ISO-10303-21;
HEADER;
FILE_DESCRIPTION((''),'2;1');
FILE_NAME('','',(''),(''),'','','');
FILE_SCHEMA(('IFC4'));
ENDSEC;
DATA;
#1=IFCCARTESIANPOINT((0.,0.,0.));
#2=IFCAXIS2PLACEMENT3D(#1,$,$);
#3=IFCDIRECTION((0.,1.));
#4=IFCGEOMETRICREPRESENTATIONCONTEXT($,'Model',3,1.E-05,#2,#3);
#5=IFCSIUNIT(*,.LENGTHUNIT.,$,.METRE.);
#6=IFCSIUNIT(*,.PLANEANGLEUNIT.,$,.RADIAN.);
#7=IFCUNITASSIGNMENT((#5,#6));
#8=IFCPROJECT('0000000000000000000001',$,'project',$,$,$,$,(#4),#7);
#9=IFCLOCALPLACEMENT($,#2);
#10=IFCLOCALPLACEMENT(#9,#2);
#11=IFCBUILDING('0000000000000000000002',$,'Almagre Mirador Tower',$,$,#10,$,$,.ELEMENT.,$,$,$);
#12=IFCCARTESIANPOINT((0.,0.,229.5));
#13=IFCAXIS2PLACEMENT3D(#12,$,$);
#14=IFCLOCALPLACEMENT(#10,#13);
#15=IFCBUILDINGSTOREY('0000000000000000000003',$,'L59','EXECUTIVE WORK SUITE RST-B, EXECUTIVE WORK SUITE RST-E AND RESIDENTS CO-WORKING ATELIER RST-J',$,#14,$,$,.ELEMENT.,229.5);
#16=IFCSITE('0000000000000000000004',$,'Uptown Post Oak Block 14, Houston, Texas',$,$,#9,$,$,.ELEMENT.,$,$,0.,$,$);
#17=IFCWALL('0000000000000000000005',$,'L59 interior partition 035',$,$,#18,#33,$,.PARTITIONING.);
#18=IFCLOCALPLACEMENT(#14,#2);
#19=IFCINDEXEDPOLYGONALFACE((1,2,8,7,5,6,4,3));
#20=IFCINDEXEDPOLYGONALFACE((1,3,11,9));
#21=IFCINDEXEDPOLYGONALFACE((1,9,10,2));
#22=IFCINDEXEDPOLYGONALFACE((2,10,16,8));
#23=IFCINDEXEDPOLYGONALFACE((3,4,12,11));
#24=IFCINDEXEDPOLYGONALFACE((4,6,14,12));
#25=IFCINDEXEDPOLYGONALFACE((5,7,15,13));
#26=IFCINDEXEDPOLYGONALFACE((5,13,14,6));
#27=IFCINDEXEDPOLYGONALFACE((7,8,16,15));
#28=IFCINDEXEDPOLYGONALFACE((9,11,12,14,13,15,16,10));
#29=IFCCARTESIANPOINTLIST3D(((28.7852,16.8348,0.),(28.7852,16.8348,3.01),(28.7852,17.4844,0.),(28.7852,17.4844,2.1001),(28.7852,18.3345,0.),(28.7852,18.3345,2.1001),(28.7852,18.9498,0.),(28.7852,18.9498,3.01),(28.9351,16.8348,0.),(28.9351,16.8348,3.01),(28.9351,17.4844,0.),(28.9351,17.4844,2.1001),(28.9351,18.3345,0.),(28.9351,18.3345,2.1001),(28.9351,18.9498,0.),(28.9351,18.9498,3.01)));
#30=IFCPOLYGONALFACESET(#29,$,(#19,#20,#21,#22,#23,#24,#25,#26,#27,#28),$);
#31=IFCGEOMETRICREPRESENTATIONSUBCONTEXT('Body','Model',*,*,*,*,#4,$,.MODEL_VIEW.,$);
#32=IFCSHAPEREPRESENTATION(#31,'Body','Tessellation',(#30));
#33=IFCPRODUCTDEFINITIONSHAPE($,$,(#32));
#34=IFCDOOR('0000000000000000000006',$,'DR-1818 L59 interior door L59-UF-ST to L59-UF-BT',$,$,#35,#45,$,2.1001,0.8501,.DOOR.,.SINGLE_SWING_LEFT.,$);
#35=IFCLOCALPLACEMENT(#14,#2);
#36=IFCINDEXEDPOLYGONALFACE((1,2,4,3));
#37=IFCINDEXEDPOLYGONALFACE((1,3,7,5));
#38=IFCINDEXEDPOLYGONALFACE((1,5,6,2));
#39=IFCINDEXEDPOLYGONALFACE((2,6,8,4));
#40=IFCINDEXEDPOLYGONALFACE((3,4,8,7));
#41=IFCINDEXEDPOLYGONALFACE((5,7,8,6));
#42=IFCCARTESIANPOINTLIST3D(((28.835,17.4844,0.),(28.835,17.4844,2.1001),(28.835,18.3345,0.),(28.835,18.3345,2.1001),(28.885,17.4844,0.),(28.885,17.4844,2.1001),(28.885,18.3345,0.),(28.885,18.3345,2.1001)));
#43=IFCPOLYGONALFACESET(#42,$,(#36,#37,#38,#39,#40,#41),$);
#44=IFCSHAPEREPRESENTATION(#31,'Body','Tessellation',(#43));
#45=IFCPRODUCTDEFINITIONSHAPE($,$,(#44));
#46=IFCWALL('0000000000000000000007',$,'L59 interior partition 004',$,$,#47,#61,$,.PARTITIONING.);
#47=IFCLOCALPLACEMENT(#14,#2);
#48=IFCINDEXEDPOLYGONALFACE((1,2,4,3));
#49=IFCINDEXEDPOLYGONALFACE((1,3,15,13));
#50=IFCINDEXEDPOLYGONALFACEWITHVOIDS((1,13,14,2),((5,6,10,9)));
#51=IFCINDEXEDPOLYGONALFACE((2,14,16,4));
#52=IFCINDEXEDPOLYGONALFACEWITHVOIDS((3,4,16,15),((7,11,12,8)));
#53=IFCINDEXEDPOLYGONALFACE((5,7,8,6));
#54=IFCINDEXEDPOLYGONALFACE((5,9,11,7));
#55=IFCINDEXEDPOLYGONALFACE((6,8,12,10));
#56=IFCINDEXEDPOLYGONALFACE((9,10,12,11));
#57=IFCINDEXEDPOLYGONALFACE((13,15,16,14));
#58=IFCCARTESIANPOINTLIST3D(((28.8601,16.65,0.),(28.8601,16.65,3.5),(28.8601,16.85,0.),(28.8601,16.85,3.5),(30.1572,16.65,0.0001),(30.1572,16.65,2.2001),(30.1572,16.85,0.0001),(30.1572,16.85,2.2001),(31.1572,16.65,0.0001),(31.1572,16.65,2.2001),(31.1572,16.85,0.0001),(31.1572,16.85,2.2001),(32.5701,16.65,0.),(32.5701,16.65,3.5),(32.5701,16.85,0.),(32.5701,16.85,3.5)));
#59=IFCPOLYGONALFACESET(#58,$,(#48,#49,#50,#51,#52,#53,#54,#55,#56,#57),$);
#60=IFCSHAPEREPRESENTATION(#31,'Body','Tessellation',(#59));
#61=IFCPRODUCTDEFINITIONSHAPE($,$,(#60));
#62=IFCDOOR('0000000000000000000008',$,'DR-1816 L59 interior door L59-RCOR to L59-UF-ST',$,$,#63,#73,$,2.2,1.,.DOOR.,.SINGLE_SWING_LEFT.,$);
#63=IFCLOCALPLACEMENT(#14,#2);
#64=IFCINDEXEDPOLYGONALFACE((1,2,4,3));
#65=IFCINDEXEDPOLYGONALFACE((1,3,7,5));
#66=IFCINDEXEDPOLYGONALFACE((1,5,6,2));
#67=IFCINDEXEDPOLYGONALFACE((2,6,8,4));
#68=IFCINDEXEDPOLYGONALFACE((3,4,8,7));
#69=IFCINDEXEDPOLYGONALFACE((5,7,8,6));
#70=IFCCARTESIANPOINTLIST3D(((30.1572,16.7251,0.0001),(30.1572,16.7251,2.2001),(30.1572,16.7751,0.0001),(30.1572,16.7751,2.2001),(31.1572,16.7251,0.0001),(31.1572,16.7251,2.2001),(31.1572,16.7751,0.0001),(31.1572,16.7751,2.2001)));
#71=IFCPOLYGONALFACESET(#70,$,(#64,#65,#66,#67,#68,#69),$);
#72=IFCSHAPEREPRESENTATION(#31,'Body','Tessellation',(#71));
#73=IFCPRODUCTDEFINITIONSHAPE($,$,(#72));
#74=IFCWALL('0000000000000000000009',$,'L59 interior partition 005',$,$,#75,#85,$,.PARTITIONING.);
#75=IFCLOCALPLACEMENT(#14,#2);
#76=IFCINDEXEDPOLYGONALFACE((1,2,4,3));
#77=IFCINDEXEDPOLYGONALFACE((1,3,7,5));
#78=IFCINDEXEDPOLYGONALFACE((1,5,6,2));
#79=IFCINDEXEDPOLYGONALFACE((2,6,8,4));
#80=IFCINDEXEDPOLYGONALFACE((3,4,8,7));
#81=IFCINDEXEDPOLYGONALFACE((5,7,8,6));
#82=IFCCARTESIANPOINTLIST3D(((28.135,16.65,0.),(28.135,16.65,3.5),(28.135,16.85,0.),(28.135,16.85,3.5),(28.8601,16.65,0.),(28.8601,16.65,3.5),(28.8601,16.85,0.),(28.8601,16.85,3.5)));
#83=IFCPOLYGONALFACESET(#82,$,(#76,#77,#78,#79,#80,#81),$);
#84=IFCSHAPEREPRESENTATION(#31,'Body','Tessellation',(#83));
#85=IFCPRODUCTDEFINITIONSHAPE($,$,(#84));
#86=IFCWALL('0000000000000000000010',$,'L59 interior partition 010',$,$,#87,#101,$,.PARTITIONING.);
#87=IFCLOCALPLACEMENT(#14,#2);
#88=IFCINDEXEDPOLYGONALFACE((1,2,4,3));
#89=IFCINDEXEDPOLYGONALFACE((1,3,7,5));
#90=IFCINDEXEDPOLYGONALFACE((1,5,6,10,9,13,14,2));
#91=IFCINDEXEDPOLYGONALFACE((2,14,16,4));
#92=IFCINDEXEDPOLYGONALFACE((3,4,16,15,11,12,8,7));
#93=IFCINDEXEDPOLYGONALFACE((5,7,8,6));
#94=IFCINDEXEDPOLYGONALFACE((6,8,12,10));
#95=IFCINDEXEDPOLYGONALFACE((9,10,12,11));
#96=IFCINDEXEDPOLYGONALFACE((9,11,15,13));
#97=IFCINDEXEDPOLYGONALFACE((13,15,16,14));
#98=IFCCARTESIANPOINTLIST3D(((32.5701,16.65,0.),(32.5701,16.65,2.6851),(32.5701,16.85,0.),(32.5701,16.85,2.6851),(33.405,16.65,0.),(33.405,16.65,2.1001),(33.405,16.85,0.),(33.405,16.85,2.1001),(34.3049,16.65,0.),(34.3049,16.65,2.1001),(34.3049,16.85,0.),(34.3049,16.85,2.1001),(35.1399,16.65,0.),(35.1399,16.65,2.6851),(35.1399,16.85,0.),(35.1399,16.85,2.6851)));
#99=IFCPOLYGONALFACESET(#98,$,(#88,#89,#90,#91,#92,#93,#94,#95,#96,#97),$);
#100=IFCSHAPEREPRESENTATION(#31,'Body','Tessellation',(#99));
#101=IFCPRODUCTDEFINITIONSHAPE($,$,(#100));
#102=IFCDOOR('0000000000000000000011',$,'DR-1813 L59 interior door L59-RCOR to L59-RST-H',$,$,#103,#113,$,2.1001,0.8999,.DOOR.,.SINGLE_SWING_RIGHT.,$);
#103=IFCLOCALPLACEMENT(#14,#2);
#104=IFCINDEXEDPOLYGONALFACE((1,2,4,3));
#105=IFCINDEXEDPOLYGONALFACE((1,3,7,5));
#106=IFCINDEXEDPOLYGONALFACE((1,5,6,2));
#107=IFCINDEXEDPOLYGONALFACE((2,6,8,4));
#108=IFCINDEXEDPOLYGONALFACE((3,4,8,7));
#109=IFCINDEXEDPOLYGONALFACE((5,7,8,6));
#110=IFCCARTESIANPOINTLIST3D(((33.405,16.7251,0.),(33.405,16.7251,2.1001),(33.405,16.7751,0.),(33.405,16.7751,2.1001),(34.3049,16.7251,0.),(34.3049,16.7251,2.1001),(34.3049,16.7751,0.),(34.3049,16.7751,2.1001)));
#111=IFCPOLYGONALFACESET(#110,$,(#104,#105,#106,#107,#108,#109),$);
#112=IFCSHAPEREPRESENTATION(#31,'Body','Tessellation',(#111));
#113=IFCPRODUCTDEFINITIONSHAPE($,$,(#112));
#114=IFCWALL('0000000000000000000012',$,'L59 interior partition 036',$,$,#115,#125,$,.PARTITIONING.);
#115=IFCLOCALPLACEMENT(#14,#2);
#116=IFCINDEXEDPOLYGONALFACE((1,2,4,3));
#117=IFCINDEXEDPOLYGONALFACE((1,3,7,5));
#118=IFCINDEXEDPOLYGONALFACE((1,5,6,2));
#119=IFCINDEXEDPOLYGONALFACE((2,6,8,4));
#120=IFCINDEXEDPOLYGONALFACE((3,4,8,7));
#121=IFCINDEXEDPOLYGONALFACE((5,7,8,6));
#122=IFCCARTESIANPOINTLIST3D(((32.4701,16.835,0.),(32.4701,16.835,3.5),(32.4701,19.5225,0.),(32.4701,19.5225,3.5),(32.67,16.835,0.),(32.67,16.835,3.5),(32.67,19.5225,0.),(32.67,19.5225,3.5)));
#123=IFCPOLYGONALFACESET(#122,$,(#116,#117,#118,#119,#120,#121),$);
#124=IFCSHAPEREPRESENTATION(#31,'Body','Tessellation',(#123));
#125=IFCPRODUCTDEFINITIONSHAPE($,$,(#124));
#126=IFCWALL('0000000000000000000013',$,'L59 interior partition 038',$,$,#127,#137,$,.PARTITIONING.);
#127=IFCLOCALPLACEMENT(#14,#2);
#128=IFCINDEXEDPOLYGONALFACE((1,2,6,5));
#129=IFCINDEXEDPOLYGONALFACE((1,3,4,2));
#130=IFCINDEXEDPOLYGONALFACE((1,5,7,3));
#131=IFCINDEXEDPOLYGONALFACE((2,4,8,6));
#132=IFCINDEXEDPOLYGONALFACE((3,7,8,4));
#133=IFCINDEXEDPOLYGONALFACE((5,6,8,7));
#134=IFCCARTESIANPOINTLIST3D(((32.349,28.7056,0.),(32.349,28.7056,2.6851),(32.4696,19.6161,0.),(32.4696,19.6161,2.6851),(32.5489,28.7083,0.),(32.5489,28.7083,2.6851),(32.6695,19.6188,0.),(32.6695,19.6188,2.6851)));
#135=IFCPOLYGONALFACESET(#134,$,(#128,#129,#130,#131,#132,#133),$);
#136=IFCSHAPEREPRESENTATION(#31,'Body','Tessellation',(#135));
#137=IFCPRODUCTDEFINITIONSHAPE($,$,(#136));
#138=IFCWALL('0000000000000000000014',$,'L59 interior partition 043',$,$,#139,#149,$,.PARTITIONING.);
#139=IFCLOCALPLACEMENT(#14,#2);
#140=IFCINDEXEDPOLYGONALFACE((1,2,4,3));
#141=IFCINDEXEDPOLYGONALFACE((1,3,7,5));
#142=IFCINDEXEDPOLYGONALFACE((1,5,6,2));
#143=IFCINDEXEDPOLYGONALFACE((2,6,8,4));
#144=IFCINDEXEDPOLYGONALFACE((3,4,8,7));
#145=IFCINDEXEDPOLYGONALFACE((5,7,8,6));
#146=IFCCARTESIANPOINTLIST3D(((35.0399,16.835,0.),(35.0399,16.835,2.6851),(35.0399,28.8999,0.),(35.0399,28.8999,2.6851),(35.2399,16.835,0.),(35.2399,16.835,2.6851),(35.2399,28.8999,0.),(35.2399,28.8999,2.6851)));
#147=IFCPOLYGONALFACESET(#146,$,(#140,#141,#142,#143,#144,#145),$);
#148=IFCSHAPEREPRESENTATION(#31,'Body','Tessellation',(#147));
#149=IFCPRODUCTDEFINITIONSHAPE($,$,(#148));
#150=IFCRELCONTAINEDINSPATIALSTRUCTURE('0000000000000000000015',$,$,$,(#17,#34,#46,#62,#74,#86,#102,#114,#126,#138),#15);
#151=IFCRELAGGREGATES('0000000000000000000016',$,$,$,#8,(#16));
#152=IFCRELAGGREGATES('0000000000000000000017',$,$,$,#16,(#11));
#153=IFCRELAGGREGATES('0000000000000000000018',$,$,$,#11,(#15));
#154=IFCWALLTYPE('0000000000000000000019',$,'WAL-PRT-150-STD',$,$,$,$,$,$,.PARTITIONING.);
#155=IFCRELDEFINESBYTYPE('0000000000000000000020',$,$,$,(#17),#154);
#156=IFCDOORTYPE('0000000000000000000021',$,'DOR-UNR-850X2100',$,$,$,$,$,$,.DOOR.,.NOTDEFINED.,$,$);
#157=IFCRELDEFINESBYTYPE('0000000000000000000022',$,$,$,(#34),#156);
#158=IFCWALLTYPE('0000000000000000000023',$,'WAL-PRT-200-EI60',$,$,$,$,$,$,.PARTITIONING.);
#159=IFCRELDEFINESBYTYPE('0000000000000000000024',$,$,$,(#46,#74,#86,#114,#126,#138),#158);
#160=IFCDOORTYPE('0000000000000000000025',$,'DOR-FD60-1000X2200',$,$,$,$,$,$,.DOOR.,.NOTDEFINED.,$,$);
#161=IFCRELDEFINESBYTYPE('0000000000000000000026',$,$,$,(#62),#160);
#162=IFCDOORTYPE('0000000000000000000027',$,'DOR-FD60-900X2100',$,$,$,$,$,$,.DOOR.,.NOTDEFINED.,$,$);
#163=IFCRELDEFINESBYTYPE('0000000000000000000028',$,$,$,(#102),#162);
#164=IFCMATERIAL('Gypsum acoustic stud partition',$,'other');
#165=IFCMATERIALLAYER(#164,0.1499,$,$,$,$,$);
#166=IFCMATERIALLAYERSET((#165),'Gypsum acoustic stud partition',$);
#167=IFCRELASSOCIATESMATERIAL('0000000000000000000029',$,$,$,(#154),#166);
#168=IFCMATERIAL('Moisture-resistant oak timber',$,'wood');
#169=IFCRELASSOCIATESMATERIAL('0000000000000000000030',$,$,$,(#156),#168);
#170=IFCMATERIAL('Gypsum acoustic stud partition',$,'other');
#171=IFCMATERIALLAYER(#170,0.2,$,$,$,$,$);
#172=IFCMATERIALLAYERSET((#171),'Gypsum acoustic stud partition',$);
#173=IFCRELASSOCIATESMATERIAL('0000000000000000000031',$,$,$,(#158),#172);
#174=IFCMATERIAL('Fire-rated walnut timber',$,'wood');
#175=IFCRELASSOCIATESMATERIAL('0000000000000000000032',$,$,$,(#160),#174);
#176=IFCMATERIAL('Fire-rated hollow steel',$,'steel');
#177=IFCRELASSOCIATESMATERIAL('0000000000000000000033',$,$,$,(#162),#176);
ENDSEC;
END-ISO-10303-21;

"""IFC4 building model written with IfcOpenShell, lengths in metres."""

from ifc_helpers import new_model, si_unit, direction, frame, frame_2d, origin, place, context, subcontext, project, spatial, rectangle, extrude, material, layer, layer_set, type_object, element, fill, save


model = new_model("IFC4")

# Units and contexts
model_context = context("Model", 3, precision=1e-05, world=origin(), true_north=direction((0.0, 1.0)))
body_context = subcontext(model_context, "Body", "Model", "MODEL_VIEW")
ifc_project = project(units=[si_unit("LENGTHUNIT", "METRE"), si_unit("PLANEANGLEUNIT", "RADIAN")], contexts=[model_context])

# Site, building, storey
site_placement = place(None, origin())
site = spatial("IfcSite", under=ifc_project, at=site_placement, Name="Uptown Post Oak Block 14, Houston, Texas", CompositionType="ELEMENT", RefElevation=0.0)
building_placement = place(site_placement, origin())
building = spatial("IfcBuilding", under=site, at=building_placement, Name="Almagre Mirador Tower", CompositionType="ELEMENT")
storey_placement = place(building_placement, frame((0.0, 0.0, 229.5)))
storey = spatial("IfcBuildingStorey", under=building, at=storey_placement, Name="L59", Description="EXECUTIVE WORK SUITE RST-B, EXECUTIVE WORK SUITE RST-E AND RESIDENTS CO-WORKING ATELIER RST-J", CompositionType="ELEMENT", Elevation=229.5)

# Walls, openings, doors
ifc_material_1 = material(Name="Gypsum acoustic stud partition", Category="other")
ifc_layer_1 = layer(ifc_material_1, 0.1499)
ifc_layer_set_1 = layer_set([ifc_layer_1], Name="Gypsum acoustic stud partition")
wall_type_1 = type_object("IfcWallType", Name="WAL-PRT-150-STD", PredefinedType="PARTITIONING", material=ifc_layer_set_1)
wall_1_placement = place(storey_placement, frame((28.8601, 18.95, 0.0), z_axis=(0.0, 0.0, 1.0), x_axis=(0.0, -1.0, 0.0)))
wall_1 = element("IfcWall", 1, at=wall_1_placement, inside=storey, type_object=wall_type_1, Name="L59 interior partition 035", PredefinedType="PARTITIONING", context=body_context, shape_type="SweptSolid", body=[
    extrude(rectangle(XDim=2.115, YDim=0.1499, at=frame_2d((1.0576, 0.0))), origin(), (0.0, 0.0, 1.0), 3.01),
])
opening_1_placement = place(wall_1_placement, frame((0.6155, 0.0, 0.0)))
opening_1 = element("IfcOpeningElement", 2, at=opening_1_placement, cuts=wall_1, PredefinedType="OPENING", context=body_context, shape_type="SweptSolid", body=[
    extrude(rectangle(XDim=0.8501, YDim=2.1001, at=frame_2d((0.425, 1.05))), frame((0.0, 0.085, 0.0), z_axis=(0.0, -1.0, 0.0), x_axis=(1.0, 0.0, 0.0)), (0.0, 0.0, 1.0), 0.1699),
])
ifc_material_2 = material(Name="Moisture-resistant oak timber", Category="wood")
door_type_1 = type_object("IfcDoorType", Name="DOR-UNR-850X2100", OperationType="NOTDEFINED", PredefinedType="DOOR", material=ifc_material_2)
door_1_placement = place(opening_1_placement, origin())
door_1 = element("IfcDoor", 3, at=door_1_placement, inside=storey, type_object=door_type_1, Name="DR-1818 L59 interior door L59-UF-ST to L59-UF-BT", OperationType="SINGLE_SWING_LEFT", OverallHeight=2.1001, OverallWidth=0.8501, PredefinedType="DOOR", context=body_context, shape_type="SweptSolid", body=[
    extrude(rectangle(XDim=0.8501, YDim=2.1001, at=frame_2d((0.425, 1.05))), frame((0.0, 0.0249, 0.0), z_axis=(0.0, -1.0, 0.0), x_axis=(1.0, 0.0, 0.0)), (0.0, 0.0, 1.0), 0.05),
])
fill(opening_1, door_1)
ifc_material_3 = material(Name="Gypsum acoustic stud partition", Category="other")
ifc_layer_2 = layer(ifc_material_3, 0.2)
ifc_layer_set_2 = layer_set([ifc_layer_2], Name="Gypsum acoustic stud partition")
wall_type_2 = type_object("IfcWallType", Name="WAL-PRT-200-EI60", PredefinedType="PARTITIONING", material=ifc_layer_set_2)
wall_2_placement = place(storey_placement, frame((32.5701, 16.75, 0.0), z_axis=(0.0, 0.0, 1.0), x_axis=(-1.0, 0.0, 0.0)))
wall_2 = element("IfcWall", 4, at=wall_2_placement, inside=storey, type_object=wall_type_2, Name="L59 interior partition 004", PredefinedType="PARTITIONING", context=body_context, shape_type="SweptSolid", body=[
    extrude(rectangle(XDim=3.71, YDim=0.2, at=frame_2d((1.855, 0.0))), origin(), (0.0, 0.0, 1.0), 3.5),
])
opening_2_placement = place(wall_2_placement, frame((1.4128, 0.0, 0.0)))
opening_2 = element("IfcOpeningElement", 5, at=opening_2_placement, cuts=wall_2, PredefinedType="OPENING", context=body_context, shape_type="SweptSolid", body=[
    extrude(rectangle(XDim=1.0, YDim=2.2, at=frame_2d((0.5, 1.1001))), frame((0.0, 0.1101, 0.0), z_axis=(0.0, -1.0, 0.0), x_axis=(1.0, 0.0, 0.0)), (0.0, 0.0, 1.0), 0.22),
])
ifc_material_4 = material(Name="Fire-rated walnut timber", Category="wood")
door_type_2 = type_object("IfcDoorType", Name="DOR-FD60-1000X2200", OperationType="NOTDEFINED", PredefinedType="DOOR", material=ifc_material_4)
door_2_placement = place(opening_2_placement, origin())
door_2 = element("IfcDoor", 6, at=door_2_placement, inside=storey, type_object=door_type_2, Name="DR-1816 L59 interior door L59-RCOR to L59-UF-ST", OperationType="SINGLE_SWING_LEFT", OverallHeight=2.2, OverallWidth=1.0, PredefinedType="DOOR", context=body_context, shape_type="SweptSolid", body=[
    extrude(rectangle(XDim=1.0, YDim=2.2, at=frame_2d((0.5, 1.1001))), frame((0.0, 0.0249, 0.0), z_axis=(0.0, -1.0, 0.0), x_axis=(1.0, 0.0, 0.0)), (0.0, 0.0, 1.0), 0.05),
])
fill(opening_2, door_2)

# Wall
wall_3_placement = place(storey_placement, frame((28.8601, 16.75, 0.0), z_axis=(0.0, 0.0, 1.0), x_axis=(-1.0, 0.0, 0.0)))
element("IfcWall", 7, at=wall_3_placement, inside=storey, type_object=wall_type_2, Name="L59 interior partition 005", PredefinedType="PARTITIONING", context=body_context, shape_type="SweptSolid", body=[
    extrude(rectangle(XDim=0.7251, YDim=0.2, at=frame_2d((0.3625, 0.0))), origin(), (0.0, 0.0, 1.0), 3.5),
])

# Wall, opening, door
wall_4_placement = place(storey_placement, frame((35.1399, 16.75, 0.0), z_axis=(0.0, 0.0, 1.0), x_axis=(-1.0, 0.0, 0.0)))
wall_4 = element("IfcWall", 8, at=wall_4_placement, inside=storey, type_object=wall_type_2, Name="L59 interior partition 010", PredefinedType="PARTITIONING", context=body_context, shape_type="SweptSolid", body=[
    extrude(rectangle(XDim=2.5698, YDim=0.2, at=frame_2d((1.2849, 0.0))), origin(), (0.0, 0.0, 1.0), 2.6851),
])
opening_3_placement = place(wall_4_placement, frame((0.835, 0.0, 0.0)))
opening_3 = element("IfcOpeningElement", 9, at=opening_3_placement, cuts=wall_4, PredefinedType="OPENING", context=body_context, shape_type="SweptSolid", body=[
    extrude(rectangle(XDim=0.8999, YDim=2.1001, at=frame_2d((0.45, 1.05))), frame((0.0, 0.1101, 0.0), z_axis=(0.0, -1.0, 0.0), x_axis=(1.0, 0.0, 0.0)), (0.0, 0.0, 1.0), 0.22),
])
ifc_material_5 = material(Name="Fire-rated hollow steel", Category="steel")
door_type_3 = type_object("IfcDoorType", Name="DOR-FD60-900X2100", OperationType="NOTDEFINED", PredefinedType="DOOR", material=ifc_material_5)
door_3_placement = place(opening_3_placement, origin())
door_3 = element("IfcDoor", 10, at=door_3_placement, inside=storey, type_object=door_type_3, Name="DR-1813 L59 interior door L59-RCOR to L59-RST-H", OperationType="SINGLE_SWING_RIGHT", OverallHeight=2.1001, OverallWidth=0.8999, PredefinedType="DOOR", context=body_context, shape_type="SweptSolid", body=[
    extrude(rectangle(XDim=0.8999, YDim=2.1001, at=frame_2d((0.45, 1.05))), frame((0.0, 0.0249, 0.0), z_axis=(0.0, -1.0, 0.0), x_axis=(1.0, 0.0, 0.0)), (0.0, 0.0, 1.0), 0.05),
])
fill(opening_3, door_3)

# Walls
wall_5_placement = place(storey_placement, frame((32.5701, 16.835, 0.0), z_axis=(0.0, 0.0, 1.0), x_axis=(0.0, 1.0, 0.0)))
element("IfcWall", 11, at=wall_5_placement, inside=storey, type_object=wall_type_2, Name="L59 interior partition 036", PredefinedType="PARTITIONING", context=body_context, shape_type="SweptSolid", body=[
    extrude(rectangle(XDim=2.6875, YDim=0.2, at=frame_2d((1.3438, 0.0))), origin(), (0.0, 0.0, 1.0), 3.5),
])
wall_6_placement = place(storey_placement, frame((32.5696, 19.6174, 0.0), z_axis=(0.0, 0.0, 1.0), x_axis=(-0.013267, 0.999912, 0.0)))
element("IfcWall", 12, at=wall_6_placement, inside=storey, type_object=wall_type_2, Name="L59 interior partition 038", PredefinedType="PARTITIONING", context=body_context, shape_type="SweptSolid", body=[
    extrude(rectangle(XDim=9.0903, YDim=0.2, at=frame_2d((4.5452, 0.0))), origin(), (0.0, 0.0, 1.0), 2.6851),
])
wall_7_placement = place(storey_placement, frame((35.1399, 16.835, 0.0), z_axis=(0.0, 0.0, 1.0), x_axis=(0.0, 1.0, 0.0)))
element("IfcWall", 13, at=wall_7_placement, inside=storey, type_object=wall_type_2, Name="L59 interior partition 043", PredefinedType="PARTITIONING", context=body_context, shape_type="SweptSolid", body=[
    extrude(rectangle(XDim=12.0649, YDim=0.2, at=frame_2d((6.0325, 0.0))), origin(), (0.0, 0.0, 1.0), 2.6851),
])

save(model, "model.ifc")
